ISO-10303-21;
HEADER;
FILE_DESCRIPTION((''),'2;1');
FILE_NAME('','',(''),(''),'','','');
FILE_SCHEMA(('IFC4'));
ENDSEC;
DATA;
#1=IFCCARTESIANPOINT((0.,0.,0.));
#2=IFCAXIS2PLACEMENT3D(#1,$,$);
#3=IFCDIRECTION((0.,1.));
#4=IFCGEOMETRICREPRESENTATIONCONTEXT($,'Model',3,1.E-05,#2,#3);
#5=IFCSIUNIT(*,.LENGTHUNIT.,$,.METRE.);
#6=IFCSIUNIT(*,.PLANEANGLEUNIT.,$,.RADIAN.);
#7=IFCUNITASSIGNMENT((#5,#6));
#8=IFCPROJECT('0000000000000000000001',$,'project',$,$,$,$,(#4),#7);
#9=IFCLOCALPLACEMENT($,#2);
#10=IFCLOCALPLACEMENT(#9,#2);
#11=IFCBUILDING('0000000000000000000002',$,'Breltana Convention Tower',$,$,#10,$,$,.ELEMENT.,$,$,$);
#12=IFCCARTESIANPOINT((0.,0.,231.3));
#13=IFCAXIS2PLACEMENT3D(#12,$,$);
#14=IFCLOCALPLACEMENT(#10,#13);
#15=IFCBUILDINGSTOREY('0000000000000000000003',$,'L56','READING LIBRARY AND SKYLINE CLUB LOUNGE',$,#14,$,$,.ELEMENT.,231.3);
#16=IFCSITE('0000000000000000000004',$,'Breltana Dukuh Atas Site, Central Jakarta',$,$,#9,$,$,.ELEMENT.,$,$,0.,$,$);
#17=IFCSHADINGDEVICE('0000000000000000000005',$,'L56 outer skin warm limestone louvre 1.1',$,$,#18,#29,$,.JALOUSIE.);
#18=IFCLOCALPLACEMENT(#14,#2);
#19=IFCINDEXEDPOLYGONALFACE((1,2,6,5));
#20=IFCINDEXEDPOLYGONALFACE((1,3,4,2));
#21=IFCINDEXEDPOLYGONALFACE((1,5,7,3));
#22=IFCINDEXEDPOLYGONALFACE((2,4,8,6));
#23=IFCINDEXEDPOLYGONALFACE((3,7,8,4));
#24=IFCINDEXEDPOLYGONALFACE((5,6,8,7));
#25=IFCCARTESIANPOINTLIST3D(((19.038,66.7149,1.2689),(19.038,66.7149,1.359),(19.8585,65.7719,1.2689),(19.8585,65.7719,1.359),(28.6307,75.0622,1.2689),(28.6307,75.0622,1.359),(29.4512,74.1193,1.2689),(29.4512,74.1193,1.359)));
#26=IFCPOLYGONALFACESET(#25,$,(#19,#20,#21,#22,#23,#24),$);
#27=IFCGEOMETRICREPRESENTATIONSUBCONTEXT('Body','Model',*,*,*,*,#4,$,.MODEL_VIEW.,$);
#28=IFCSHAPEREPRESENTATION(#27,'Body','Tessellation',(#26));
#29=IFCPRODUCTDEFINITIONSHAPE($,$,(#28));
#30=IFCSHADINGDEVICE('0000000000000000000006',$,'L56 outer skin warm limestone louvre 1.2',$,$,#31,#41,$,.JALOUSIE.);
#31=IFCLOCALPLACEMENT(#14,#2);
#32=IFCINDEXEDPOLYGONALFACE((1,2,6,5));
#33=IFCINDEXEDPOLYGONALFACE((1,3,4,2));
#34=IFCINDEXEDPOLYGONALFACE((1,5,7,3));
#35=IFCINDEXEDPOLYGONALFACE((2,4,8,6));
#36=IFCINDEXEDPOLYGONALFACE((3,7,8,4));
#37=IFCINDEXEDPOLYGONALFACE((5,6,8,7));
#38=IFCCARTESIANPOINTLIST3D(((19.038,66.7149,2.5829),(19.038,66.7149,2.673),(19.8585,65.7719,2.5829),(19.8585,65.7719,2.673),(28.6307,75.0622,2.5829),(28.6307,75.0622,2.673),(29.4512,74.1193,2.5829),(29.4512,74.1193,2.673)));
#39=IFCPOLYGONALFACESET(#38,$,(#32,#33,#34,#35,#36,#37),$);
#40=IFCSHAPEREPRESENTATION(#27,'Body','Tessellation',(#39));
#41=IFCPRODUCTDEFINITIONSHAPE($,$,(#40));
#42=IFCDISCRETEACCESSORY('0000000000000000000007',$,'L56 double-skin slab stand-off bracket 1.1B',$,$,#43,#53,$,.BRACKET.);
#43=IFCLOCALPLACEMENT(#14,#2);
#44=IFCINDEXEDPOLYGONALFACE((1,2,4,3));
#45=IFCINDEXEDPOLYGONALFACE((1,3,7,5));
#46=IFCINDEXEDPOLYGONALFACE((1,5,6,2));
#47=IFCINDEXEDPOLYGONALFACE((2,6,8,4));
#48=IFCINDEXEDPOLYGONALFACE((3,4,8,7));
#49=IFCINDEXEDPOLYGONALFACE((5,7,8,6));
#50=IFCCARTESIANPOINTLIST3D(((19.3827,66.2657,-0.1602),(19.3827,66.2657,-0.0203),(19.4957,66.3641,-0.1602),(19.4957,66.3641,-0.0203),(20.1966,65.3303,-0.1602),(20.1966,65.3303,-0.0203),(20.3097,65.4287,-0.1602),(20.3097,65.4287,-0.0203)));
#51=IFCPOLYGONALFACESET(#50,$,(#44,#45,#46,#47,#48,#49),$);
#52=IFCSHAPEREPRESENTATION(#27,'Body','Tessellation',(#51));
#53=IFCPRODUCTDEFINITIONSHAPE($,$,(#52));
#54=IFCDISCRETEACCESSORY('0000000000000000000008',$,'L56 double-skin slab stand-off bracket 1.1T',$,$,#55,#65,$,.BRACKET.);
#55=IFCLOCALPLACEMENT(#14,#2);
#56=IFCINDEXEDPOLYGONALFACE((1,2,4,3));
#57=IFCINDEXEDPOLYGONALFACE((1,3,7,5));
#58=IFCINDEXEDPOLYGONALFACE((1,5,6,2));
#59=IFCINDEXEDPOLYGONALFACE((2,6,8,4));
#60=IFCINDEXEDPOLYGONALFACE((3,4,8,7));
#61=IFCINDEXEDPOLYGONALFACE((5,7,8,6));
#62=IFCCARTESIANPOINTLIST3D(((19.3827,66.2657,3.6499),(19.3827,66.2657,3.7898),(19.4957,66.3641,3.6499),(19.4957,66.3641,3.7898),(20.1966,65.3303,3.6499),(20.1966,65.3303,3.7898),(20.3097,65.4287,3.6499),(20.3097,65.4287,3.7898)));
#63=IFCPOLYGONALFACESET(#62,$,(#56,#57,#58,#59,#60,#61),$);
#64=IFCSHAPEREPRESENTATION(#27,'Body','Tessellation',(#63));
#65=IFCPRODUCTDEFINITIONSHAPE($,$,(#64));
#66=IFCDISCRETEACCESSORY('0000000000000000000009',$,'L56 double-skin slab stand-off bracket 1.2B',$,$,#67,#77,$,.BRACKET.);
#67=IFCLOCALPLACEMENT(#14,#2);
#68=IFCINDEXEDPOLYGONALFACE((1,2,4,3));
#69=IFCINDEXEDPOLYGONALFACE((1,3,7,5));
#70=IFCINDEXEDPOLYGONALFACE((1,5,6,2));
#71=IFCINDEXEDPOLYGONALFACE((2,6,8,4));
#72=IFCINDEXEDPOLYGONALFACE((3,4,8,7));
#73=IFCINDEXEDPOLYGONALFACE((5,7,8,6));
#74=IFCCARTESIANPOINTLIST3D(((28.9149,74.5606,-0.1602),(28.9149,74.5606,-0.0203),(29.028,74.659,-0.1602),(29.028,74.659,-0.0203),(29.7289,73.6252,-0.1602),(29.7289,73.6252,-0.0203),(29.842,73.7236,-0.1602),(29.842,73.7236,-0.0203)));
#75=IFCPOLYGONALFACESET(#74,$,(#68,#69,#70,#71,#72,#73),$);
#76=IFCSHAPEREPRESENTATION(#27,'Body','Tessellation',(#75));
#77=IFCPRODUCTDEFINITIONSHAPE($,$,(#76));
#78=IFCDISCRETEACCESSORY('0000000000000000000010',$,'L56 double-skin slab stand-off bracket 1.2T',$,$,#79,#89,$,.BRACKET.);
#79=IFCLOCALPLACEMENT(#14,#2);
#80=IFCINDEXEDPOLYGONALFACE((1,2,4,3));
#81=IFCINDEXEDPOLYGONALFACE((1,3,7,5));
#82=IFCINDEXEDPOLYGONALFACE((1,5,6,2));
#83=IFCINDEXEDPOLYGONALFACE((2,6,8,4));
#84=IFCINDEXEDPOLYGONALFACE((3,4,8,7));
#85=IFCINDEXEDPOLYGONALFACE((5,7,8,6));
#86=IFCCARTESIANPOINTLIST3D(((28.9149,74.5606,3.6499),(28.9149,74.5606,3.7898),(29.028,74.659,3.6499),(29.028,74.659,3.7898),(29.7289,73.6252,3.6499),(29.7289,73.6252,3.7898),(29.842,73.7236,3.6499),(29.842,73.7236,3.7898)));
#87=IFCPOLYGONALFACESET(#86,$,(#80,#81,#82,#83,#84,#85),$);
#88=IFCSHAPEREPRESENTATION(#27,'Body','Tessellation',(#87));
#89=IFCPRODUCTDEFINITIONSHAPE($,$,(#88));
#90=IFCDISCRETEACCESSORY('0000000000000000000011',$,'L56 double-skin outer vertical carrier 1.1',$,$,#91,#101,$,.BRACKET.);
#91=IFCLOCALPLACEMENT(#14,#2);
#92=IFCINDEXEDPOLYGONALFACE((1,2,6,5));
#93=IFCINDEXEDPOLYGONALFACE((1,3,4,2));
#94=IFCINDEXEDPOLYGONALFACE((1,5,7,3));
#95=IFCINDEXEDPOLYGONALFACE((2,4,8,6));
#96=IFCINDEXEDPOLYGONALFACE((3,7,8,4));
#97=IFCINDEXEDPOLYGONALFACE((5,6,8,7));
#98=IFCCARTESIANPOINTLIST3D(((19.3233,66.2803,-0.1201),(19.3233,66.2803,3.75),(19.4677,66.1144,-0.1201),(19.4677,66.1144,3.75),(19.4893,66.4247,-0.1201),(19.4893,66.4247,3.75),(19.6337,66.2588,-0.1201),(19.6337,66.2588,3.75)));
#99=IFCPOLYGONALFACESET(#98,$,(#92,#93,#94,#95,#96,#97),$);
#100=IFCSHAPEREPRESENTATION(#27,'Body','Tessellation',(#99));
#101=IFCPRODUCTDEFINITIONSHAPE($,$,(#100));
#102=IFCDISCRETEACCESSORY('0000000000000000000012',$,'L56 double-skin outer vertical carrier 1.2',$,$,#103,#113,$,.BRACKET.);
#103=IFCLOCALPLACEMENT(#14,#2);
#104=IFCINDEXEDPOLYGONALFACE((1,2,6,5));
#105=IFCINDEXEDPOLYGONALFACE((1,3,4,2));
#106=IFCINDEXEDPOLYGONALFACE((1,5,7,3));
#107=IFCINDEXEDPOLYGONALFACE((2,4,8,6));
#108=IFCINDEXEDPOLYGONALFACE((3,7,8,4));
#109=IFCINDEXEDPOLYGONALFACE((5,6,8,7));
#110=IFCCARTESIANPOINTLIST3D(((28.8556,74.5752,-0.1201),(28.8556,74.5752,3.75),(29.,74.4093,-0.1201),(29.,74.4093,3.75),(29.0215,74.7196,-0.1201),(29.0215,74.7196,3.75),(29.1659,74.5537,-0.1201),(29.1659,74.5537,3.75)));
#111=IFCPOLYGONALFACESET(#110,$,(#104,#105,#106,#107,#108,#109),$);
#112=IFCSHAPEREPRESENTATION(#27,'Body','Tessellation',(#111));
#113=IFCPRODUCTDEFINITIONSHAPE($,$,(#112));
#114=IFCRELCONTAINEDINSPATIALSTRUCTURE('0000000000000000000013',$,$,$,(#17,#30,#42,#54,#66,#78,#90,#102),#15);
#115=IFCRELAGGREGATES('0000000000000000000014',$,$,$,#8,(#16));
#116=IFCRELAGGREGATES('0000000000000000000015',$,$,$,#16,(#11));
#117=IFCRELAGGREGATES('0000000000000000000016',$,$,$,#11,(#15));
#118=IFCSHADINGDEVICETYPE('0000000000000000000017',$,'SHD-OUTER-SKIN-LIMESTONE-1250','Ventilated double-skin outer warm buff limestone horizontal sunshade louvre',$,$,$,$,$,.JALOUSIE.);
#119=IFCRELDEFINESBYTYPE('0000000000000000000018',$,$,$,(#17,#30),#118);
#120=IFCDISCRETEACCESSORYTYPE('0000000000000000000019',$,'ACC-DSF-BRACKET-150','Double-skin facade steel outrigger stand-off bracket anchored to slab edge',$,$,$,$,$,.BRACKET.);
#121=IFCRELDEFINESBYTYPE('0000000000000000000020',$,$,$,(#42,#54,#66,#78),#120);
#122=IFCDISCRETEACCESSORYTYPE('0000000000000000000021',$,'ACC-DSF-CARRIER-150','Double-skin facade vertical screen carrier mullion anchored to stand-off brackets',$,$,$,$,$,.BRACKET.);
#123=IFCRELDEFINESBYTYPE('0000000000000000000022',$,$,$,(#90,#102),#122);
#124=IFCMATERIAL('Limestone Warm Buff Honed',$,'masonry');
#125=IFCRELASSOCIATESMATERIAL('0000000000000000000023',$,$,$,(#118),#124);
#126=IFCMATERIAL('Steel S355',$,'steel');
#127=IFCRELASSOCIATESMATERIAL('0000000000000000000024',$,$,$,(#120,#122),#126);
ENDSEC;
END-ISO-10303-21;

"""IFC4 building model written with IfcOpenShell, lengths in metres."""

from ifc_helpers import new_model, si_unit, direction, frame, origin, origin_2d, place, context, subcontext, project, spatial, rectangle, extrude, source, transform, mapped, material, material_profile, profile_set, type_object, type_shapes, element, save


model = new_model("IFC4")

# Units and contexts
model_context = context("Model", 3, precision=1e-05, world=origin(), true_north=direction((0.0, 1.0)))
body_context = subcontext(model_context, "Body", "Model", "MODEL_VIEW")
ifc_project = project(units=[si_unit("LENGTHUNIT", "METRE"), si_unit("PLANEANGLEUNIT", "RADIAN")], contexts=[model_context])

# Site, building, storey
site_placement = place(None, origin())
site = spatial("IfcSite", under=ifc_project, at=site_placement, Name="Breltana Dukuh Atas Site, Central Jakarta", CompositionType="ELEMENT", RefElevation=0.0)
building_placement = place(site_placement, origin())
building = spatial("IfcBuilding", under=site, at=building_placement, Name="Breltana Convention Tower", CompositionType="ELEMENT")
storey_placement = place(building_placement, frame((0.0, 0.0, 231.3)))
storey = spatial("IfcBuildingStorey", under=building, at=storey_placement, Name="L56", Description="READING LIBRARY AND SKYLINE CLUB LOUNGE", CompositionType="ELEMENT", Elevation=231.3)

# Shading devices
ifc_material_1 = material(Name="Limestone Warm Buff Honed", Category="masonry")
ifc_material_profile_1 = material_profile(ifc_material_1, rectangle(XDim=1.25, YDim=0.0901, at=origin_2d()), Name="STN-LVR-1250X90")
ifc_profile_set_1 = profile_set([ifc_material_profile_1], Name="Limestone Warm Buff Honed")
shading_device_type = type_object("IfcShadingDeviceType", Name="SHD-OUTER-SKIN-LIMESTONE-1250", Description="Ventilated double-skin outer warm buff limestone horizontal sunshade louvre", PredefinedType="JALOUSIE", material=ifc_profile_set_1)
shared_shape_1 = source(origin(), body_context, "Body", "SweptSolid", [
    extrude(rectangle(XDim=1.25, YDim=0.0901, at=origin_2d()), origin(), (0.0, 0.0, 1.0), 12.7161),
])
for number, where, z_axis, x_axis, name in (
    (1, (19.4482, 66.2434, 1.314), (0.754377, 0.656442, 0.0), (-0.656442, 0.754377, 0.0), "L56 outer skin warm limestone louvre 1.1"),
    (2, (19.4482, 66.2434, 2.6279), (0.754377, 0.656442, 0.0), (-0.656442, 0.754377, 0.0), "L56 outer skin warm limestone louvre 1.2"),
):
    element("IfcShadingDevice", number, at=place(storey_placement, frame(where, z_axis=z_axis, x_axis=x_axis)), inside=storey, type_object=shading_device_type, Name=name, PredefinedType="JALOUSIE", context=body_context, shape_type="MappedRepresentation", body=[
        mapped(shared_shape_1, transform((0.0, 0.0, 0.0), scale=1.0)),
    ])

# Discrete accessories
ifc_material_2 = material(Name="Steel S355", Category="steel")
discrete_accessory_type_1 = type_object("IfcDiscreteAccessoryType", Name="ACC-DSF-BRACKET-150", Description="Double-skin facade steel outrigger stand-off bracket anchored to slab edge", PredefinedType="BRACKET", material=ifc_material_2)
shared_shape_2 = source(origin(), body_context, "Body", "SweptSolid", [
    extrude(rectangle(XDim=1.24, YDim=0.1499, at=origin_2d()), origin(), (0.0, 0.0, 1.0), 0.1399),
])
type_shapes(discrete_accessory_type_1, [shared_shape_2])
for number, where, z_axis, x_axis, name in (
    (3, (19.8462, 65.8472, -0.1602), (0.0, 0.0, 1.0), (-0.65645, 0.754369, 0.0), "L56 double-skin slab stand-off bracket 1.1B"),
    (4, (19.8462, 65.8472, 3.6499), (0.0, 0.0, 1.0), (-0.65645, 0.754369, 0.0), "L56 double-skin slab stand-off bracket 1.1T"),
    (5, (29.3784, 74.1421, -0.1602), (0.0, 0.0, 1.0), (-0.65645, 0.754369, 0.0), "L56 double-skin slab stand-off bracket 1.2B"),
    (6, (29.3784, 74.1421, 3.6499), (0.0, 0.0, 1.0), (-0.65645, 0.754369, 0.0), "L56 double-skin slab stand-off bracket 1.2T"),
):
    element("IfcDiscreteAccessory", number, at=place(storey_placement, frame(where, z_axis=z_axis, x_axis=x_axis)), inside=storey, type_object=discrete_accessory_type_1, Name=name, PredefinedType="BRACKET", context=body_context, shape_type="MappedRepresentation", body=[
        mapped(shared_shape_2, transform((0.0, 0.0, 0.0), scale=1.0)),
    ])
discrete_accessory_type_2 = type_object("IfcDiscreteAccessoryType", Name="ACC-DSF-CARRIER-150", Description="Double-skin facade vertical screen carrier mullion anchored to stand-off brackets", PredefinedType="BRACKET", material=ifc_material_2)
shared_shape_3 = source(origin(), body_context, "Body", "SweptSolid", [
    extrude(rectangle(XDim=0.22, YDim=0.22, at=origin_2d()), origin(), (0.0, 0.0, 1.0), 3.8701),
])
for number, where, z_axis, x_axis, name in (
    (7, (19.4785, 66.2695, -0.1201), (0.0, 0.0, 1.0), (-0.65645, 0.754369, 0.0), "L56 double-skin outer vertical carrier 1.1"),
    (8, (29.0107, 74.5645, -0.1201), (0.0, 0.0, 1.0), (-0.65645, 0.754369, 0.0), "L56 double-skin outer vertical carrier 1.2"),
):
    element("IfcDiscreteAccessory", number, at=place(storey_placement, frame(where, z_axis=z_axis, x_axis=x_axis)), inside=storey, type_object=discrete_accessory_type_2, Name=name, PredefinedType="BRACKET", context=body_context, shape_type="MappedRepresentation", body=[
        mapped(shared_shape_3, transform((0.0, 0.0, 0.0), scale=1.0)),
    ])

save(model, "model.ifc")
